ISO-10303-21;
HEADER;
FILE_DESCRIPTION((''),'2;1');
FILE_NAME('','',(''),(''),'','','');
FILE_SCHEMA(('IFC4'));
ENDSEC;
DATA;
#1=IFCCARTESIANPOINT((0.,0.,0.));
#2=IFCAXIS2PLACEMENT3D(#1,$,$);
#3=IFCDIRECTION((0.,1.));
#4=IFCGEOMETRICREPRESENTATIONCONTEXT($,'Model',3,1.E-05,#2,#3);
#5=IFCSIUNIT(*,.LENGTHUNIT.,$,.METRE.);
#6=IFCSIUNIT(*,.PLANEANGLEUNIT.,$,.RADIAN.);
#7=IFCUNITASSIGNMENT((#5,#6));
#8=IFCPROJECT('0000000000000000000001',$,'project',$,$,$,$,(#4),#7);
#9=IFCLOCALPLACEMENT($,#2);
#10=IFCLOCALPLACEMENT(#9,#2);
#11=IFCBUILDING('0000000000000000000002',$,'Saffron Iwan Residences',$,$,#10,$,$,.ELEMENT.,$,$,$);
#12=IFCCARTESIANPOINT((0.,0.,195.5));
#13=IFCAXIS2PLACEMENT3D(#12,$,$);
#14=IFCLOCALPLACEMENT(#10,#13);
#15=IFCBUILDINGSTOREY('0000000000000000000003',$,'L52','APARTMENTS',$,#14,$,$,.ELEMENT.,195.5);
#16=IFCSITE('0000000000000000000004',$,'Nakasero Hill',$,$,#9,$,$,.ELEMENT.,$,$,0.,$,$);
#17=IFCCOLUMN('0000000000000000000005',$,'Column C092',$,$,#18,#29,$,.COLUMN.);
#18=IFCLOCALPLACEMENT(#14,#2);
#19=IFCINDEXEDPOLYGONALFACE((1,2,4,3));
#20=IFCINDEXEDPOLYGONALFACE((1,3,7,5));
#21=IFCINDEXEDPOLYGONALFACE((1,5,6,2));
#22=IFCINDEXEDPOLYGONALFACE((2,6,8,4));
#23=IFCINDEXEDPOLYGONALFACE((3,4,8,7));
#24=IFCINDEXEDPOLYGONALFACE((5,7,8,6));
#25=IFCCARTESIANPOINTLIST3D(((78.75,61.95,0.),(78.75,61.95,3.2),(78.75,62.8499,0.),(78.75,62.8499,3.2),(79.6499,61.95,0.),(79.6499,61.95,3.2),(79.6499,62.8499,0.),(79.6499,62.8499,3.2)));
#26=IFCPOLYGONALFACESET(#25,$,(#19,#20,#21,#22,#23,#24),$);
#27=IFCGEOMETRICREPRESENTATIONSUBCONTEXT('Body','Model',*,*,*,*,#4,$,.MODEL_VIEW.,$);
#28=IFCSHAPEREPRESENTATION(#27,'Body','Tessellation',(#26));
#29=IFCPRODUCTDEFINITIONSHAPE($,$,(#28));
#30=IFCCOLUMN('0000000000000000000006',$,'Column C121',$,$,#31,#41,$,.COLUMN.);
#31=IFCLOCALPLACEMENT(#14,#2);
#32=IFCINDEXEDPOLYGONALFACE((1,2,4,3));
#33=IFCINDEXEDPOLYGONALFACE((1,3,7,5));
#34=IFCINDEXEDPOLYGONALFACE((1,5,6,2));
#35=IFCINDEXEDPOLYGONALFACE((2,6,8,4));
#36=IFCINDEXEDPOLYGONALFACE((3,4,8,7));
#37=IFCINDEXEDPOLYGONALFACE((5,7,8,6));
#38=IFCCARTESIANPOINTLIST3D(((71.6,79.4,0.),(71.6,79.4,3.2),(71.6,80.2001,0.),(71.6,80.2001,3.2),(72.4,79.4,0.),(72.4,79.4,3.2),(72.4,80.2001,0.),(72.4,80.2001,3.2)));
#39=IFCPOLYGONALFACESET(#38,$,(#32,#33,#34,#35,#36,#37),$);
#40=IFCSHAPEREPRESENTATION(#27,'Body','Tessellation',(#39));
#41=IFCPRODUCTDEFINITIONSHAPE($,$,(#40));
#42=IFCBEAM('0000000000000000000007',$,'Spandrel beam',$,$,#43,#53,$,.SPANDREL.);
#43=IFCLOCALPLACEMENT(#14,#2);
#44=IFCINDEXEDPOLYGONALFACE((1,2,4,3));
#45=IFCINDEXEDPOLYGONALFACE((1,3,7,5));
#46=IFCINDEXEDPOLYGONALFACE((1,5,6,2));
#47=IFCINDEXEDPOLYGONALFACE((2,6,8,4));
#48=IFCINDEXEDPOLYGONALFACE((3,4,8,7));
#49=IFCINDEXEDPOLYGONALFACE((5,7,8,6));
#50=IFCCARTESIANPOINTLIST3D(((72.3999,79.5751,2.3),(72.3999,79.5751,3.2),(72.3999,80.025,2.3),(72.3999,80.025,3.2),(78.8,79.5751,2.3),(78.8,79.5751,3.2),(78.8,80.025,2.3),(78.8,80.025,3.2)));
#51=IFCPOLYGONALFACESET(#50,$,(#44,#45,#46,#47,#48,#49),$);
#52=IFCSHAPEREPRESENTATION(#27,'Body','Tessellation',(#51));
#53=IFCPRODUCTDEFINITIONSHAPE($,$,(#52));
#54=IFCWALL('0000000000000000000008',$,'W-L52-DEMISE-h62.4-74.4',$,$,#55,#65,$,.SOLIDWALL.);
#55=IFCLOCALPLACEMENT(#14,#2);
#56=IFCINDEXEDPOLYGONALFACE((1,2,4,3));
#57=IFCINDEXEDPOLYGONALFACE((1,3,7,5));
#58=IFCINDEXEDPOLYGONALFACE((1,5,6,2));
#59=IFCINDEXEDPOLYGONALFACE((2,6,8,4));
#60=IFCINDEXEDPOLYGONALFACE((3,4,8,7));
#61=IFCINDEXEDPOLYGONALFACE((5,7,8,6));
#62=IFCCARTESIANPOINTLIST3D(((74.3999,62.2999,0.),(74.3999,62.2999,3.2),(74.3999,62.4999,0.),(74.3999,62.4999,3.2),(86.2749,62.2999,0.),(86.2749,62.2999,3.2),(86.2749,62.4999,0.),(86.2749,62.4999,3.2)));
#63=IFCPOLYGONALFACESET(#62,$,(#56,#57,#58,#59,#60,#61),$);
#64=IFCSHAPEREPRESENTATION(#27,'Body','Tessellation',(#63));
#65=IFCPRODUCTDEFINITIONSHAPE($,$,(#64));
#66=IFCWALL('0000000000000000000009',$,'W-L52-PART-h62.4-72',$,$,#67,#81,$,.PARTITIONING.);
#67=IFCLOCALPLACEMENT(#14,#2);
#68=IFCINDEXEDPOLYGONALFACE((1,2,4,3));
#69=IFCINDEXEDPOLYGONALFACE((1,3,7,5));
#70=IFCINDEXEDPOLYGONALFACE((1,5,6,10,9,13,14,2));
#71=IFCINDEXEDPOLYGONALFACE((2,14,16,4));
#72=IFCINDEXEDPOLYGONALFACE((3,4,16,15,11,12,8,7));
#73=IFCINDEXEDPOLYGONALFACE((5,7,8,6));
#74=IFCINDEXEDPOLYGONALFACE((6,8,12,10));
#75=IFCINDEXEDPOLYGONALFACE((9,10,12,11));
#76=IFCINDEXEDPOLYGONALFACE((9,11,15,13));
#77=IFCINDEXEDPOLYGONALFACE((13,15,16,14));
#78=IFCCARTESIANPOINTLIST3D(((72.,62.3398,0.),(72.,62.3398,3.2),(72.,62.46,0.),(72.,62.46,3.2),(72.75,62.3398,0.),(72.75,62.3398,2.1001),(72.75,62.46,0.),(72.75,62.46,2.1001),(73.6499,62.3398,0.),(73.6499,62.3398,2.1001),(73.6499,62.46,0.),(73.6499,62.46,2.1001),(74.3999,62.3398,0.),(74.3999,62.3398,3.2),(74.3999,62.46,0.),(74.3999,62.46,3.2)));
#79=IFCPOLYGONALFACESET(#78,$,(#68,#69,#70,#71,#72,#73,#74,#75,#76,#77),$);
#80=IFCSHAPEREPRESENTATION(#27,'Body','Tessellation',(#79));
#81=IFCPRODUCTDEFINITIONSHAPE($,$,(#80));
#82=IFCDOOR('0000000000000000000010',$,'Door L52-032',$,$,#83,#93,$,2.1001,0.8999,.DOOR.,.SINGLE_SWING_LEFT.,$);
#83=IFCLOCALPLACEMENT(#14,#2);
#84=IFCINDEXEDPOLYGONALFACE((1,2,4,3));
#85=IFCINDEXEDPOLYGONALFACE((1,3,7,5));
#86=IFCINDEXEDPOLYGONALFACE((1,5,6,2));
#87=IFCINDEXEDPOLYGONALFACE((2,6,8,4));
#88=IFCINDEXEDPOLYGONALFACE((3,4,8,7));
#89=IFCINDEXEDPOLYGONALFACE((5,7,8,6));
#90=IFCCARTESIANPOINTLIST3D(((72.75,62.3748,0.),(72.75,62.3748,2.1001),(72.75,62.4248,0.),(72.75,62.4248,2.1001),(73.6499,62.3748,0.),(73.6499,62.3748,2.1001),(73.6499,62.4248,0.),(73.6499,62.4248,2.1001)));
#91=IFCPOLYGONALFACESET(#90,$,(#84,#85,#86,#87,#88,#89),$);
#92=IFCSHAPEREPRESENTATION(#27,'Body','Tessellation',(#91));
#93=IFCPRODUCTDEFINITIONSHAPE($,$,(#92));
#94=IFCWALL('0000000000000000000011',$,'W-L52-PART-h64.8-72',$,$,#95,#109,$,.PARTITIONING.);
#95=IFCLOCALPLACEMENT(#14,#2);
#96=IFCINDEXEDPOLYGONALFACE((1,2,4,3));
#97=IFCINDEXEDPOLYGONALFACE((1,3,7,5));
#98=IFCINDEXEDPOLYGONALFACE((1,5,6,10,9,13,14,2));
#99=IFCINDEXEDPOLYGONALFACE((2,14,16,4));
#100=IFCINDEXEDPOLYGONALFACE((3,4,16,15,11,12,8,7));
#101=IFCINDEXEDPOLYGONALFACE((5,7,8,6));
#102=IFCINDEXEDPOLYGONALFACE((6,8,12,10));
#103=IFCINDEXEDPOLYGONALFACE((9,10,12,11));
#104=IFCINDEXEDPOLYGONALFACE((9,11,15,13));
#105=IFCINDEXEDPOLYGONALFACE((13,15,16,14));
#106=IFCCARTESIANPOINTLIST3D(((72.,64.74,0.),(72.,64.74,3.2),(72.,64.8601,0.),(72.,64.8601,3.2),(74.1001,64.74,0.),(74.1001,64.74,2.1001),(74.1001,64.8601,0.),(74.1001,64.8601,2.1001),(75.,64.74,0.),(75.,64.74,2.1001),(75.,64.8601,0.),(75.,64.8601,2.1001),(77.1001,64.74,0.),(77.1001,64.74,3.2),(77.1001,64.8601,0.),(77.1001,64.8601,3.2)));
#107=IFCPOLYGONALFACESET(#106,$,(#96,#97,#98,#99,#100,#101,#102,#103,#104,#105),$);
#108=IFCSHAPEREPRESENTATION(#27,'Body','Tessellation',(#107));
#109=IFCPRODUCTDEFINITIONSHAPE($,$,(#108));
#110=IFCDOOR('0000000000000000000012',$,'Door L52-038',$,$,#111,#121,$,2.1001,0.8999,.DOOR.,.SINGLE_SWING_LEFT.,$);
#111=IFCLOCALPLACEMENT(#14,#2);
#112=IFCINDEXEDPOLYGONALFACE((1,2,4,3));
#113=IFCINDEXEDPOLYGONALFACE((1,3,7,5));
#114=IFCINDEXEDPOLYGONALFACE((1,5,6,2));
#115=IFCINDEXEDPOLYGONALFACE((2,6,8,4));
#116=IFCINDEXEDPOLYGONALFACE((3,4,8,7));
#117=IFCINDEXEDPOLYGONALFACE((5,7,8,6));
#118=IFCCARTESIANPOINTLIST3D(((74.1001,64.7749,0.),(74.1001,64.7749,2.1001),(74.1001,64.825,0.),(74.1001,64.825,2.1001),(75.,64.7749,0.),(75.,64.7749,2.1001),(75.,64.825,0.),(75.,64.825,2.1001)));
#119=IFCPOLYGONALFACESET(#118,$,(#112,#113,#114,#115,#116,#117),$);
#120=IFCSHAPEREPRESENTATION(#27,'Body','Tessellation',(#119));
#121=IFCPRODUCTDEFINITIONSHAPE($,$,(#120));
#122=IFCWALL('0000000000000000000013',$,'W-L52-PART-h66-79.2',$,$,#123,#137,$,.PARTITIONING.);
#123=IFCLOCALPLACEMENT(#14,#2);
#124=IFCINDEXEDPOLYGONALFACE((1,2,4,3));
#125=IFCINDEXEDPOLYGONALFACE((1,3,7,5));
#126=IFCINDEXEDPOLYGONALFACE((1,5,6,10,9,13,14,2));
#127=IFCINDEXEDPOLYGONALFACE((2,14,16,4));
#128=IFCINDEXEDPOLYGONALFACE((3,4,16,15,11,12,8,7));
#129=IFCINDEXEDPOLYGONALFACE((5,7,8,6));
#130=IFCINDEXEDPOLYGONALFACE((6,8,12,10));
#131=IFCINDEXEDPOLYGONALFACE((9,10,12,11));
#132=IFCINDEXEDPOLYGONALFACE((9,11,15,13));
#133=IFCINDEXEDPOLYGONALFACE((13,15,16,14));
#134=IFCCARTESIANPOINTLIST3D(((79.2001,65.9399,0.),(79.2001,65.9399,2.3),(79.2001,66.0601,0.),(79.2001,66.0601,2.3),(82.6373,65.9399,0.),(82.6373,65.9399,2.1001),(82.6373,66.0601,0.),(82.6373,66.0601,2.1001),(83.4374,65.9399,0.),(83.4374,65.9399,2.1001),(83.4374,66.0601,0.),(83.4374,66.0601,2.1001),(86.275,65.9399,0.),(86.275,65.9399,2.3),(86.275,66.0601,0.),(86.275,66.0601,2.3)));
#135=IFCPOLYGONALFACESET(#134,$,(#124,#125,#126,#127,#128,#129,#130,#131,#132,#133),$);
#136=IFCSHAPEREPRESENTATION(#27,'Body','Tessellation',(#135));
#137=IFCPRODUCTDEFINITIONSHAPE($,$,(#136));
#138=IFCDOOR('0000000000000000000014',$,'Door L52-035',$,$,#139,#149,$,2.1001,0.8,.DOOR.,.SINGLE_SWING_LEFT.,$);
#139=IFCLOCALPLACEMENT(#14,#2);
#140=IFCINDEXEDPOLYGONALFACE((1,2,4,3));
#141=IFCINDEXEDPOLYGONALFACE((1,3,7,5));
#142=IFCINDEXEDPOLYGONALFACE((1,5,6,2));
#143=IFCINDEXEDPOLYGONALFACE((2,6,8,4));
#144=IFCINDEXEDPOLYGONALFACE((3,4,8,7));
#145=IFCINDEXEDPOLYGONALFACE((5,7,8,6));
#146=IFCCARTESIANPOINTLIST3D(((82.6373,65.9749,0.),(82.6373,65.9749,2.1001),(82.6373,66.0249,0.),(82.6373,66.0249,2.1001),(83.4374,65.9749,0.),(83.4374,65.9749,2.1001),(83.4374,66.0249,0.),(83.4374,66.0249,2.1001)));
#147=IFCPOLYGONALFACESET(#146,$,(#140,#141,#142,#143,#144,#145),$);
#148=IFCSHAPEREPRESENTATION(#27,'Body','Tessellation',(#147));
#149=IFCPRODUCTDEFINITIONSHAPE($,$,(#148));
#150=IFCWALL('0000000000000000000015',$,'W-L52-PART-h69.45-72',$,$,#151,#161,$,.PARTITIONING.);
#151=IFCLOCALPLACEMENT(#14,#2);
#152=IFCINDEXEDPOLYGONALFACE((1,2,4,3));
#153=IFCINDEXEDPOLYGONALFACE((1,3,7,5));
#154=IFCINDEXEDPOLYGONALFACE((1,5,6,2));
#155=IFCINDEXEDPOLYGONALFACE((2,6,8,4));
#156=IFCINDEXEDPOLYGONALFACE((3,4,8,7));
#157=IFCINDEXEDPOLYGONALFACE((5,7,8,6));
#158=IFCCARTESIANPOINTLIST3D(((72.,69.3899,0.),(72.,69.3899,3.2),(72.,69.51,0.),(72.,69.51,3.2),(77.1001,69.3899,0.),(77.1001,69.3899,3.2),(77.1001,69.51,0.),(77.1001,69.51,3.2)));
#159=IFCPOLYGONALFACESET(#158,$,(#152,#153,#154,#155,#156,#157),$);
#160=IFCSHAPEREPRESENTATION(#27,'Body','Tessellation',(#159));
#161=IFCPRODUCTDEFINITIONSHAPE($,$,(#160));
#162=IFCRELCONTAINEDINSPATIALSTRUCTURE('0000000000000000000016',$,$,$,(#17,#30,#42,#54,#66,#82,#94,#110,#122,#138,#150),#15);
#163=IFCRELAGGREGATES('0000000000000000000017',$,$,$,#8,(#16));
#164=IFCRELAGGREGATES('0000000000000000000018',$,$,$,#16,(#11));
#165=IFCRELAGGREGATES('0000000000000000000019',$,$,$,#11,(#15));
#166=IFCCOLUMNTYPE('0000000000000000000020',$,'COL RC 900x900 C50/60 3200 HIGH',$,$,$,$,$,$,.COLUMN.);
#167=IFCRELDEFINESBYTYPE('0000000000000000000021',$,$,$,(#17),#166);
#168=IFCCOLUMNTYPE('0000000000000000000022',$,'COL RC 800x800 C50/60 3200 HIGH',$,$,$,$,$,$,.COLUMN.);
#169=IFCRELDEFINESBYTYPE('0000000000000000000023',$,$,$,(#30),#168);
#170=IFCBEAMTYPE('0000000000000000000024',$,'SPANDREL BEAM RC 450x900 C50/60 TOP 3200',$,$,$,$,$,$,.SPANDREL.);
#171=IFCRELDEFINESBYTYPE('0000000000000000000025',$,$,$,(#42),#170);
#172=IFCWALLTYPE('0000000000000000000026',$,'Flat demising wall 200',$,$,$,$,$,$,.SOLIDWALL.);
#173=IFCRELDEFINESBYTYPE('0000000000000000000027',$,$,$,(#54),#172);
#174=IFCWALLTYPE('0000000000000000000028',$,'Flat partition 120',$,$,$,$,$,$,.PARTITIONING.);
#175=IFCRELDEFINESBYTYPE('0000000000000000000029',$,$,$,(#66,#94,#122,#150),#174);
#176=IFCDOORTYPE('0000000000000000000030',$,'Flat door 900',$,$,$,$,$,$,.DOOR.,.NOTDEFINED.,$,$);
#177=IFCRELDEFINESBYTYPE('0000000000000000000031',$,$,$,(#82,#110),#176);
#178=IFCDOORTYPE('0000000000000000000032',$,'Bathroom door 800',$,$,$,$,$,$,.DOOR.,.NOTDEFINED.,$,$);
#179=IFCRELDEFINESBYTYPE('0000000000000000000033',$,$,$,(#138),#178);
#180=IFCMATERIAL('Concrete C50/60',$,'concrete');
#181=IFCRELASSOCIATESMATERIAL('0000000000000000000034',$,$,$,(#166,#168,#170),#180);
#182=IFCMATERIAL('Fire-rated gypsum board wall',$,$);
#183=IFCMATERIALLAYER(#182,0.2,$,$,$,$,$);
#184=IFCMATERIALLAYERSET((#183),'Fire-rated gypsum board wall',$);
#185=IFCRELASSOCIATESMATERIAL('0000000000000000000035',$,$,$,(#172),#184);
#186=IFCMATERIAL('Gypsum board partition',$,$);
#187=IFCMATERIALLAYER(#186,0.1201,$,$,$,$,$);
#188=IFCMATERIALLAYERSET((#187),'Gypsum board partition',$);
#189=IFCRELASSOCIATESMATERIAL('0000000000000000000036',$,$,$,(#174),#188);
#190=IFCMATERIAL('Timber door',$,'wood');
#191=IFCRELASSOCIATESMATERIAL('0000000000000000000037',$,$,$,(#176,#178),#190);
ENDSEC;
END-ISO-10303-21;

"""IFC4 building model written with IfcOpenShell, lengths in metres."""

from ifc_helpers import new_model, si_unit, direction, frame, frame_2d, origin, origin_2d, place, context, subcontext, project, spatial, rectangle, extrude, source, transform, mapped, material, layer, layer_set, material_profile, profile_set, type_object, element, fill, save


model = new_model("IFC4")

# Units and contexts
model_context = context("Model", 3, precision=1e-05, world=origin(), true_north=direction((0.0, 1.0)))
body_context = subcontext(model_context, "Body", "Model", "MODEL_VIEW")
ifc_project = project(units=[si_unit("LENGTHUNIT", "METRE"), si_unit("PLANEANGLEUNIT", "RADIAN")], contexts=[model_context])

# Site, building, storey
site_placement = place(None, origin())
site = spatial("IfcSite", under=ifc_project, at=site_placement, Name="Nakasero Hill", CompositionType="ELEMENT", RefElevation=0.0)
building_placement = place(site_placement, origin())
building = spatial("IfcBuilding", under=site, at=building_placement, Name="Saffron Iwan Residences", CompositionType="ELEMENT")
storey_placement = place(building_placement, frame((0.0, 0.0, 195.5)))
storey = spatial("IfcBuildingStorey", under=building, at=storey_placement, Name="L52", Description="APARTMENTS", CompositionType="ELEMENT", Elevation=195.5)

# Columns
ifc_material_1 = material(Name="Concrete C50/60", Category="concrete")
ifc_material_profile_1 = material_profile(ifc_material_1, rectangle(XDim=0.8999, YDim=0.8999, at=origin_2d()), Name="RC 900x900")
ifc_profile_set_1 = profile_set([ifc_material_profile_1], Name="Concrete C50/60")
column_type_1 = type_object("IfcColumnType", Name="COL RC 900x900 C50/60 3200 HIGH", PredefinedType="COLUMN", material=ifc_profile_set_1)
shared_shape_1 = source(origin(), body_context, "Body", "SweptSolid", [
    extrude(rectangle(XDim=0.8999, YDim=0.8999, at=origin_2d()), origin(), (0.0, 0.0, 1.0), 3.2),
])
column_1_placement = place(storey_placement, frame((79.2, 62.3999, 0.0), z_axis=(0.0, 0.0, 1.0), x_axis=(1.0, 0.0, 0.0)))
element("IfcColumn", 1, at=column_1_placement, inside=storey, type_object=column_type_1, Name="Column C092", PredefinedType="COLUMN", context=body_context, shape_type="MappedRepresentation", body=[
    mapped(shared_shape_1, transform((0.0, 0.0, 0.0))),
])
ifc_material_profile_2 = material_profile(ifc_material_1, rectangle(XDim=0.8, YDim=0.8, at=origin_2d()), Name="RC 800x800")
ifc_profile_set_2 = profile_set([ifc_material_profile_2], Name="Concrete C50/60")
column_type_2 = type_object("IfcColumnType", Name="COL RC 800x800 C50/60 3200 HIGH", PredefinedType="COLUMN", material=ifc_profile_set_2)
shared_shape_2 = source(origin(), body_context, "Body", "SweptSolid", [
    extrude(rectangle(XDim=0.8, YDim=0.8, at=origin_2d()), origin(), (0.0, 0.0, 1.0), 3.2),
])
column_2_placement = place(storey_placement, frame((72.0, 79.8, 0.0), z_axis=(0.0, 0.0, 1.0), x_axis=(1.0, 0.0, 0.0)))
element("IfcColumn", 2, at=column_2_placement, inside=storey, type_object=column_type_2, Name="Column C121", PredefinedType="COLUMN", context=body_context, shape_type="MappedRepresentation", body=[
    mapped(shared_shape_2, transform((0.0, 0.0, 0.0))),
])

# Beam
ifc_material_profile_3 = material_profile(ifc_material_1, rectangle(XDim=0.45, YDim=0.8999, at=origin_2d()), Name="RC 450x900")
ifc_profile_set_3 = profile_set([ifc_material_profile_3], Name="Concrete C50/60")
beam_type = type_object("IfcBeamType", Name="SPANDREL BEAM RC 450x900 C50/60 TOP 3200", PredefinedType="SPANDREL", material=ifc_profile_set_3)
shared_shape_3 = source(origin(), body_context, "Body", "SweptSolid", [
    extrude(rectangle(XDim=0.45, YDim=0.8999, at=origin_2d()), origin(), (0.0, 0.0, 1.0), 6.4001),
])
beam_placement = place(storey_placement, frame((72.3999, 79.8, 2.75), z_axis=(1.0, 0.0, 0.0), x_axis=(0.0, 1.0, 0.0)))
element("IfcBeam", 3, at=beam_placement, inside=storey, type_object=beam_type, Name="Spandrel beam", PredefinedType="SPANDREL", context=body_context, shape_type="MappedRepresentation", body=[
    mapped(shared_shape_3, transform((0.0, 0.0, 0.0))),
])

# Wall
ifc_material_2 = material(Name="Fire-rated gypsum board wall")
ifc_layer_1 = layer(ifc_material_2, 0.2)
ifc_layer_set_1 = layer_set([ifc_layer_1], Name="Fire-rated gypsum board wall")
wall_type_1 = type_object("IfcWallType", Name="Flat demising wall 200", PredefinedType="SOLIDWALL", material=ifc_layer_set_1)
wall_1_placement = place(storey_placement, frame((74.3999, 62.3999, 0.0), z_axis=(0.0, 0.0, 1.0), x_axis=(1.0, 0.0, 0.0)))
element("IfcWall", 4, at=wall_1_placement, inside=storey, type_object=wall_type_1, Name="W-L52-DEMISE-h62.4-74.4", PredefinedType="SOLIDWALL", context=body_context, shape_type="SweptSolid", body=[
    extrude(rectangle(XDim=11.875, YDim=0.2, at=frame_2d((5.9375, 0.0))), origin(), (0.0, 0.0, 1.0), 3.2),
])

# Walls, openings, doors
ifc_material_3 = material(Name="Gypsum board partition")
ifc_layer_2 = layer(ifc_material_3, 0.1201)
ifc_layer_set_2 = layer_set([ifc_layer_2], Name="Gypsum board partition")
wall_type_2 = type_object("IfcWallType", Name="Flat partition 120", PredefinedType="PARTITIONING", material=ifc_layer_set_2)
wall_2_placement = place(storey_placement, frame((72.0, 62.3999, 0.0), z_axis=(0.0, 0.0, 1.0), x_axis=(1.0, 0.0, 0.0)))
wall_2 = element("IfcWall", 5, at=wall_2_placement, inside=storey, type_object=wall_type_2, Name="W-L52-PART-h62.4-72", PredefinedType="PARTITIONING", context=body_context, shape_type="SweptSolid", body=[
    extrude(rectangle(XDim=2.3999, YDim=0.1201, at=frame_2d((1.2, 0.0))), origin(), (0.0, 0.0, 1.0), 3.2),
])
opening_1_placement = place(wall_2_placement, frame((0.75, 0.0, 0.0)))
opening_1 = element("IfcOpeningElement", 6, at=opening_1_placement, cuts=wall_2, PredefinedType="OPENING", context=body_context, shape_type="SweptSolid", body=[
    extrude(rectangle(XDim=0.8999, YDim=2.1001, at=frame_2d((0.45, 1.05))), frame((0.0, 0.0701, 0.0), z_axis=(0.0, -1.0, 0.0), x_axis=(1.0, 0.0, 0.0)), (0.0, 0.0, 1.0), 0.1401),
])
ifc_material_4 = material(Name="Timber door", Category="wood")
door_type_1 = type_object("IfcDoorType", Name="Flat door 900", OperationType="NOTDEFINED", PredefinedType="DOOR", material=ifc_material_4)
door_1_placement = place(opening_1_placement, origin())
door_1 = element("IfcDoor", 7, at=door_1_placement, inside=storey, type_object=door_type_1, Name="Door L52-032", OperationType="SINGLE_SWING_LEFT", OverallHeight=2.1001, OverallWidth=0.8999, PredefinedType="DOOR", context=body_context, shape_type="SweptSolid", body=[
    extrude(rectangle(XDim=0.8999, YDim=2.1001, at=frame_2d((0.45, 1.05))), frame((0.0, 0.0249, 0.0), z_axis=(0.0, -1.0, 0.0), x_axis=(1.0, 0.0, 0.0)), (0.0, 0.0, 1.0), 0.05),
])
fill(opening_1, door_1)
wall_3_placement = place(storey_placement, frame((72.0, 64.8, 0.0), z_axis=(0.0, 0.0, 1.0), x_axis=(1.0, 0.0, 0.0)))
wall_3 = element("IfcWall", 8, at=wall_3_placement, inside=storey, type_object=wall_type_2, Name="W-L52-PART-h64.8-72", PredefinedType="PARTITIONING", context=body_context, shape_type="SweptSolid", body=[
    extrude(rectangle(XDim=5.1001, YDim=0.1201, at=frame_2d((2.55, 0.0))), origin(), (0.0, 0.0, 1.0), 3.2),
])
opening_2_placement = place(wall_3_placement, frame((2.1001, 0.0, 0.0)))
opening_2 = element("IfcOpeningElement", 9, at=opening_2_placement, cuts=wall_3, PredefinedType="OPENING", context=body_context, shape_type="SweptSolid", body=[
    extrude(rectangle(XDim=0.8999, YDim=2.1001, at=frame_2d((0.45, 1.05))), frame((0.0, 0.0701, 0.0), z_axis=(0.0, -1.0, 0.0), x_axis=(1.0, 0.0, 0.0)), (0.0, 0.0, 1.0), 0.1401),
])
door_2_placement = place(opening_2_placement, origin())
door_2 = element("IfcDoor", 10, at=door_2_placement, inside=storey, type_object=door_type_1, Name="Door L52-038", OperationType="SINGLE_SWING_LEFT", OverallHeight=2.1001, OverallWidth=0.8999, PredefinedType="DOOR", context=body_context, shape_type="SweptSolid", body=[
    extrude(rectangle(XDim=0.8999, YDim=2.1001, at=frame_2d((0.45, 1.05))), frame((0.0, 0.0249, 0.0), z_axis=(0.0, -1.0, 0.0), x_axis=(1.0, 0.0, 0.0)), (0.0, 0.0, 1.0), 0.05),
])
fill(opening_2, door_2)
wall_4_placement = place(storey_placement, frame((79.2, 66.0, 0.0), z_axis=(0.0, 0.0, 1.0), x_axis=(1.0, 0.0, 0.0)))
wall_4 = element("IfcWall", 11, at=wall_4_placement, inside=storey, type_object=wall_type_2, Name="W-L52-PART-h66-79.2", PredefinedType="PARTITIONING", context=body_context, shape_type="SweptSolid", body=[
    extrude(rectangle(XDim=7.075, YDim=0.1201, at=frame_2d((3.5376, 0.0))), origin(), (0.0, 0.0, 1.0), 2.3),
])
opening_3_placement = place(wall_4_placement, frame((3.4375, 0.0, 0.0)))
opening_3 = element("IfcOpeningElement", 12, at=opening_3_placement, cuts=wall_4, PredefinedType="OPENING", context=body_context, shape_type="SweptSolid", body=[
    extrude(rectangle(XDim=0.8, YDim=2.1001, at=frame_2d((0.3999, 1.05))), frame((0.0, 0.0701, 0.0), z_axis=(0.0, -1.0, 0.0), x_axis=(1.0, 0.0, 0.0)), (0.0, 0.0, 1.0), 0.1401),
])
door_type_2 = type_object("IfcDoorType", Name="Bathroom door 800", OperationType="NOTDEFINED", PredefinedType="DOOR", material=ifc_material_4)
door_3_placement = place(opening_3_placement, origin())
door_3 = element("IfcDoor", 13, at=door_3_placement, inside=storey, type_object=door_type_2, Name="Door L52-035", OperationType="SINGLE_SWING_LEFT", OverallHeight=2.1001, OverallWidth=0.8, PredefinedType="DOOR", context=body_context, shape_type="SweptSolid", body=[
    extrude(rectangle(XDim=0.8, YDim=2.1001, at=frame_2d((0.3999, 1.05))), frame((0.0, 0.0249, 0.0), z_axis=(0.0, -1.0, 0.0), x_axis=(1.0, 0.0, 0.0)), (0.0, 0.0, 1.0), 0.05),
])
fill(opening_3, door_3)

# Wall
wall_5_placement = place(storey_placement, frame((72.0, 69.45, 0.0), z_axis=(0.0, 0.0, 1.0), x_axis=(1.0, 0.0, 0.0)))
element("IfcWall", 14, at=wall_5_placement, inside=storey, type_object=wall_type_2, Name="W-L52-PART-h69.45-72", PredefinedType="PARTITIONING", context=body_context, shape_type="SweptSolid", body=[
    extrude(rectangle(XDim=5.1001, YDim=0.1201, at=frame_2d((2.55, 0.0))), origin(), (0.0, 0.0, 1.0), 3.2),
])

save(model, "model.ifc")
